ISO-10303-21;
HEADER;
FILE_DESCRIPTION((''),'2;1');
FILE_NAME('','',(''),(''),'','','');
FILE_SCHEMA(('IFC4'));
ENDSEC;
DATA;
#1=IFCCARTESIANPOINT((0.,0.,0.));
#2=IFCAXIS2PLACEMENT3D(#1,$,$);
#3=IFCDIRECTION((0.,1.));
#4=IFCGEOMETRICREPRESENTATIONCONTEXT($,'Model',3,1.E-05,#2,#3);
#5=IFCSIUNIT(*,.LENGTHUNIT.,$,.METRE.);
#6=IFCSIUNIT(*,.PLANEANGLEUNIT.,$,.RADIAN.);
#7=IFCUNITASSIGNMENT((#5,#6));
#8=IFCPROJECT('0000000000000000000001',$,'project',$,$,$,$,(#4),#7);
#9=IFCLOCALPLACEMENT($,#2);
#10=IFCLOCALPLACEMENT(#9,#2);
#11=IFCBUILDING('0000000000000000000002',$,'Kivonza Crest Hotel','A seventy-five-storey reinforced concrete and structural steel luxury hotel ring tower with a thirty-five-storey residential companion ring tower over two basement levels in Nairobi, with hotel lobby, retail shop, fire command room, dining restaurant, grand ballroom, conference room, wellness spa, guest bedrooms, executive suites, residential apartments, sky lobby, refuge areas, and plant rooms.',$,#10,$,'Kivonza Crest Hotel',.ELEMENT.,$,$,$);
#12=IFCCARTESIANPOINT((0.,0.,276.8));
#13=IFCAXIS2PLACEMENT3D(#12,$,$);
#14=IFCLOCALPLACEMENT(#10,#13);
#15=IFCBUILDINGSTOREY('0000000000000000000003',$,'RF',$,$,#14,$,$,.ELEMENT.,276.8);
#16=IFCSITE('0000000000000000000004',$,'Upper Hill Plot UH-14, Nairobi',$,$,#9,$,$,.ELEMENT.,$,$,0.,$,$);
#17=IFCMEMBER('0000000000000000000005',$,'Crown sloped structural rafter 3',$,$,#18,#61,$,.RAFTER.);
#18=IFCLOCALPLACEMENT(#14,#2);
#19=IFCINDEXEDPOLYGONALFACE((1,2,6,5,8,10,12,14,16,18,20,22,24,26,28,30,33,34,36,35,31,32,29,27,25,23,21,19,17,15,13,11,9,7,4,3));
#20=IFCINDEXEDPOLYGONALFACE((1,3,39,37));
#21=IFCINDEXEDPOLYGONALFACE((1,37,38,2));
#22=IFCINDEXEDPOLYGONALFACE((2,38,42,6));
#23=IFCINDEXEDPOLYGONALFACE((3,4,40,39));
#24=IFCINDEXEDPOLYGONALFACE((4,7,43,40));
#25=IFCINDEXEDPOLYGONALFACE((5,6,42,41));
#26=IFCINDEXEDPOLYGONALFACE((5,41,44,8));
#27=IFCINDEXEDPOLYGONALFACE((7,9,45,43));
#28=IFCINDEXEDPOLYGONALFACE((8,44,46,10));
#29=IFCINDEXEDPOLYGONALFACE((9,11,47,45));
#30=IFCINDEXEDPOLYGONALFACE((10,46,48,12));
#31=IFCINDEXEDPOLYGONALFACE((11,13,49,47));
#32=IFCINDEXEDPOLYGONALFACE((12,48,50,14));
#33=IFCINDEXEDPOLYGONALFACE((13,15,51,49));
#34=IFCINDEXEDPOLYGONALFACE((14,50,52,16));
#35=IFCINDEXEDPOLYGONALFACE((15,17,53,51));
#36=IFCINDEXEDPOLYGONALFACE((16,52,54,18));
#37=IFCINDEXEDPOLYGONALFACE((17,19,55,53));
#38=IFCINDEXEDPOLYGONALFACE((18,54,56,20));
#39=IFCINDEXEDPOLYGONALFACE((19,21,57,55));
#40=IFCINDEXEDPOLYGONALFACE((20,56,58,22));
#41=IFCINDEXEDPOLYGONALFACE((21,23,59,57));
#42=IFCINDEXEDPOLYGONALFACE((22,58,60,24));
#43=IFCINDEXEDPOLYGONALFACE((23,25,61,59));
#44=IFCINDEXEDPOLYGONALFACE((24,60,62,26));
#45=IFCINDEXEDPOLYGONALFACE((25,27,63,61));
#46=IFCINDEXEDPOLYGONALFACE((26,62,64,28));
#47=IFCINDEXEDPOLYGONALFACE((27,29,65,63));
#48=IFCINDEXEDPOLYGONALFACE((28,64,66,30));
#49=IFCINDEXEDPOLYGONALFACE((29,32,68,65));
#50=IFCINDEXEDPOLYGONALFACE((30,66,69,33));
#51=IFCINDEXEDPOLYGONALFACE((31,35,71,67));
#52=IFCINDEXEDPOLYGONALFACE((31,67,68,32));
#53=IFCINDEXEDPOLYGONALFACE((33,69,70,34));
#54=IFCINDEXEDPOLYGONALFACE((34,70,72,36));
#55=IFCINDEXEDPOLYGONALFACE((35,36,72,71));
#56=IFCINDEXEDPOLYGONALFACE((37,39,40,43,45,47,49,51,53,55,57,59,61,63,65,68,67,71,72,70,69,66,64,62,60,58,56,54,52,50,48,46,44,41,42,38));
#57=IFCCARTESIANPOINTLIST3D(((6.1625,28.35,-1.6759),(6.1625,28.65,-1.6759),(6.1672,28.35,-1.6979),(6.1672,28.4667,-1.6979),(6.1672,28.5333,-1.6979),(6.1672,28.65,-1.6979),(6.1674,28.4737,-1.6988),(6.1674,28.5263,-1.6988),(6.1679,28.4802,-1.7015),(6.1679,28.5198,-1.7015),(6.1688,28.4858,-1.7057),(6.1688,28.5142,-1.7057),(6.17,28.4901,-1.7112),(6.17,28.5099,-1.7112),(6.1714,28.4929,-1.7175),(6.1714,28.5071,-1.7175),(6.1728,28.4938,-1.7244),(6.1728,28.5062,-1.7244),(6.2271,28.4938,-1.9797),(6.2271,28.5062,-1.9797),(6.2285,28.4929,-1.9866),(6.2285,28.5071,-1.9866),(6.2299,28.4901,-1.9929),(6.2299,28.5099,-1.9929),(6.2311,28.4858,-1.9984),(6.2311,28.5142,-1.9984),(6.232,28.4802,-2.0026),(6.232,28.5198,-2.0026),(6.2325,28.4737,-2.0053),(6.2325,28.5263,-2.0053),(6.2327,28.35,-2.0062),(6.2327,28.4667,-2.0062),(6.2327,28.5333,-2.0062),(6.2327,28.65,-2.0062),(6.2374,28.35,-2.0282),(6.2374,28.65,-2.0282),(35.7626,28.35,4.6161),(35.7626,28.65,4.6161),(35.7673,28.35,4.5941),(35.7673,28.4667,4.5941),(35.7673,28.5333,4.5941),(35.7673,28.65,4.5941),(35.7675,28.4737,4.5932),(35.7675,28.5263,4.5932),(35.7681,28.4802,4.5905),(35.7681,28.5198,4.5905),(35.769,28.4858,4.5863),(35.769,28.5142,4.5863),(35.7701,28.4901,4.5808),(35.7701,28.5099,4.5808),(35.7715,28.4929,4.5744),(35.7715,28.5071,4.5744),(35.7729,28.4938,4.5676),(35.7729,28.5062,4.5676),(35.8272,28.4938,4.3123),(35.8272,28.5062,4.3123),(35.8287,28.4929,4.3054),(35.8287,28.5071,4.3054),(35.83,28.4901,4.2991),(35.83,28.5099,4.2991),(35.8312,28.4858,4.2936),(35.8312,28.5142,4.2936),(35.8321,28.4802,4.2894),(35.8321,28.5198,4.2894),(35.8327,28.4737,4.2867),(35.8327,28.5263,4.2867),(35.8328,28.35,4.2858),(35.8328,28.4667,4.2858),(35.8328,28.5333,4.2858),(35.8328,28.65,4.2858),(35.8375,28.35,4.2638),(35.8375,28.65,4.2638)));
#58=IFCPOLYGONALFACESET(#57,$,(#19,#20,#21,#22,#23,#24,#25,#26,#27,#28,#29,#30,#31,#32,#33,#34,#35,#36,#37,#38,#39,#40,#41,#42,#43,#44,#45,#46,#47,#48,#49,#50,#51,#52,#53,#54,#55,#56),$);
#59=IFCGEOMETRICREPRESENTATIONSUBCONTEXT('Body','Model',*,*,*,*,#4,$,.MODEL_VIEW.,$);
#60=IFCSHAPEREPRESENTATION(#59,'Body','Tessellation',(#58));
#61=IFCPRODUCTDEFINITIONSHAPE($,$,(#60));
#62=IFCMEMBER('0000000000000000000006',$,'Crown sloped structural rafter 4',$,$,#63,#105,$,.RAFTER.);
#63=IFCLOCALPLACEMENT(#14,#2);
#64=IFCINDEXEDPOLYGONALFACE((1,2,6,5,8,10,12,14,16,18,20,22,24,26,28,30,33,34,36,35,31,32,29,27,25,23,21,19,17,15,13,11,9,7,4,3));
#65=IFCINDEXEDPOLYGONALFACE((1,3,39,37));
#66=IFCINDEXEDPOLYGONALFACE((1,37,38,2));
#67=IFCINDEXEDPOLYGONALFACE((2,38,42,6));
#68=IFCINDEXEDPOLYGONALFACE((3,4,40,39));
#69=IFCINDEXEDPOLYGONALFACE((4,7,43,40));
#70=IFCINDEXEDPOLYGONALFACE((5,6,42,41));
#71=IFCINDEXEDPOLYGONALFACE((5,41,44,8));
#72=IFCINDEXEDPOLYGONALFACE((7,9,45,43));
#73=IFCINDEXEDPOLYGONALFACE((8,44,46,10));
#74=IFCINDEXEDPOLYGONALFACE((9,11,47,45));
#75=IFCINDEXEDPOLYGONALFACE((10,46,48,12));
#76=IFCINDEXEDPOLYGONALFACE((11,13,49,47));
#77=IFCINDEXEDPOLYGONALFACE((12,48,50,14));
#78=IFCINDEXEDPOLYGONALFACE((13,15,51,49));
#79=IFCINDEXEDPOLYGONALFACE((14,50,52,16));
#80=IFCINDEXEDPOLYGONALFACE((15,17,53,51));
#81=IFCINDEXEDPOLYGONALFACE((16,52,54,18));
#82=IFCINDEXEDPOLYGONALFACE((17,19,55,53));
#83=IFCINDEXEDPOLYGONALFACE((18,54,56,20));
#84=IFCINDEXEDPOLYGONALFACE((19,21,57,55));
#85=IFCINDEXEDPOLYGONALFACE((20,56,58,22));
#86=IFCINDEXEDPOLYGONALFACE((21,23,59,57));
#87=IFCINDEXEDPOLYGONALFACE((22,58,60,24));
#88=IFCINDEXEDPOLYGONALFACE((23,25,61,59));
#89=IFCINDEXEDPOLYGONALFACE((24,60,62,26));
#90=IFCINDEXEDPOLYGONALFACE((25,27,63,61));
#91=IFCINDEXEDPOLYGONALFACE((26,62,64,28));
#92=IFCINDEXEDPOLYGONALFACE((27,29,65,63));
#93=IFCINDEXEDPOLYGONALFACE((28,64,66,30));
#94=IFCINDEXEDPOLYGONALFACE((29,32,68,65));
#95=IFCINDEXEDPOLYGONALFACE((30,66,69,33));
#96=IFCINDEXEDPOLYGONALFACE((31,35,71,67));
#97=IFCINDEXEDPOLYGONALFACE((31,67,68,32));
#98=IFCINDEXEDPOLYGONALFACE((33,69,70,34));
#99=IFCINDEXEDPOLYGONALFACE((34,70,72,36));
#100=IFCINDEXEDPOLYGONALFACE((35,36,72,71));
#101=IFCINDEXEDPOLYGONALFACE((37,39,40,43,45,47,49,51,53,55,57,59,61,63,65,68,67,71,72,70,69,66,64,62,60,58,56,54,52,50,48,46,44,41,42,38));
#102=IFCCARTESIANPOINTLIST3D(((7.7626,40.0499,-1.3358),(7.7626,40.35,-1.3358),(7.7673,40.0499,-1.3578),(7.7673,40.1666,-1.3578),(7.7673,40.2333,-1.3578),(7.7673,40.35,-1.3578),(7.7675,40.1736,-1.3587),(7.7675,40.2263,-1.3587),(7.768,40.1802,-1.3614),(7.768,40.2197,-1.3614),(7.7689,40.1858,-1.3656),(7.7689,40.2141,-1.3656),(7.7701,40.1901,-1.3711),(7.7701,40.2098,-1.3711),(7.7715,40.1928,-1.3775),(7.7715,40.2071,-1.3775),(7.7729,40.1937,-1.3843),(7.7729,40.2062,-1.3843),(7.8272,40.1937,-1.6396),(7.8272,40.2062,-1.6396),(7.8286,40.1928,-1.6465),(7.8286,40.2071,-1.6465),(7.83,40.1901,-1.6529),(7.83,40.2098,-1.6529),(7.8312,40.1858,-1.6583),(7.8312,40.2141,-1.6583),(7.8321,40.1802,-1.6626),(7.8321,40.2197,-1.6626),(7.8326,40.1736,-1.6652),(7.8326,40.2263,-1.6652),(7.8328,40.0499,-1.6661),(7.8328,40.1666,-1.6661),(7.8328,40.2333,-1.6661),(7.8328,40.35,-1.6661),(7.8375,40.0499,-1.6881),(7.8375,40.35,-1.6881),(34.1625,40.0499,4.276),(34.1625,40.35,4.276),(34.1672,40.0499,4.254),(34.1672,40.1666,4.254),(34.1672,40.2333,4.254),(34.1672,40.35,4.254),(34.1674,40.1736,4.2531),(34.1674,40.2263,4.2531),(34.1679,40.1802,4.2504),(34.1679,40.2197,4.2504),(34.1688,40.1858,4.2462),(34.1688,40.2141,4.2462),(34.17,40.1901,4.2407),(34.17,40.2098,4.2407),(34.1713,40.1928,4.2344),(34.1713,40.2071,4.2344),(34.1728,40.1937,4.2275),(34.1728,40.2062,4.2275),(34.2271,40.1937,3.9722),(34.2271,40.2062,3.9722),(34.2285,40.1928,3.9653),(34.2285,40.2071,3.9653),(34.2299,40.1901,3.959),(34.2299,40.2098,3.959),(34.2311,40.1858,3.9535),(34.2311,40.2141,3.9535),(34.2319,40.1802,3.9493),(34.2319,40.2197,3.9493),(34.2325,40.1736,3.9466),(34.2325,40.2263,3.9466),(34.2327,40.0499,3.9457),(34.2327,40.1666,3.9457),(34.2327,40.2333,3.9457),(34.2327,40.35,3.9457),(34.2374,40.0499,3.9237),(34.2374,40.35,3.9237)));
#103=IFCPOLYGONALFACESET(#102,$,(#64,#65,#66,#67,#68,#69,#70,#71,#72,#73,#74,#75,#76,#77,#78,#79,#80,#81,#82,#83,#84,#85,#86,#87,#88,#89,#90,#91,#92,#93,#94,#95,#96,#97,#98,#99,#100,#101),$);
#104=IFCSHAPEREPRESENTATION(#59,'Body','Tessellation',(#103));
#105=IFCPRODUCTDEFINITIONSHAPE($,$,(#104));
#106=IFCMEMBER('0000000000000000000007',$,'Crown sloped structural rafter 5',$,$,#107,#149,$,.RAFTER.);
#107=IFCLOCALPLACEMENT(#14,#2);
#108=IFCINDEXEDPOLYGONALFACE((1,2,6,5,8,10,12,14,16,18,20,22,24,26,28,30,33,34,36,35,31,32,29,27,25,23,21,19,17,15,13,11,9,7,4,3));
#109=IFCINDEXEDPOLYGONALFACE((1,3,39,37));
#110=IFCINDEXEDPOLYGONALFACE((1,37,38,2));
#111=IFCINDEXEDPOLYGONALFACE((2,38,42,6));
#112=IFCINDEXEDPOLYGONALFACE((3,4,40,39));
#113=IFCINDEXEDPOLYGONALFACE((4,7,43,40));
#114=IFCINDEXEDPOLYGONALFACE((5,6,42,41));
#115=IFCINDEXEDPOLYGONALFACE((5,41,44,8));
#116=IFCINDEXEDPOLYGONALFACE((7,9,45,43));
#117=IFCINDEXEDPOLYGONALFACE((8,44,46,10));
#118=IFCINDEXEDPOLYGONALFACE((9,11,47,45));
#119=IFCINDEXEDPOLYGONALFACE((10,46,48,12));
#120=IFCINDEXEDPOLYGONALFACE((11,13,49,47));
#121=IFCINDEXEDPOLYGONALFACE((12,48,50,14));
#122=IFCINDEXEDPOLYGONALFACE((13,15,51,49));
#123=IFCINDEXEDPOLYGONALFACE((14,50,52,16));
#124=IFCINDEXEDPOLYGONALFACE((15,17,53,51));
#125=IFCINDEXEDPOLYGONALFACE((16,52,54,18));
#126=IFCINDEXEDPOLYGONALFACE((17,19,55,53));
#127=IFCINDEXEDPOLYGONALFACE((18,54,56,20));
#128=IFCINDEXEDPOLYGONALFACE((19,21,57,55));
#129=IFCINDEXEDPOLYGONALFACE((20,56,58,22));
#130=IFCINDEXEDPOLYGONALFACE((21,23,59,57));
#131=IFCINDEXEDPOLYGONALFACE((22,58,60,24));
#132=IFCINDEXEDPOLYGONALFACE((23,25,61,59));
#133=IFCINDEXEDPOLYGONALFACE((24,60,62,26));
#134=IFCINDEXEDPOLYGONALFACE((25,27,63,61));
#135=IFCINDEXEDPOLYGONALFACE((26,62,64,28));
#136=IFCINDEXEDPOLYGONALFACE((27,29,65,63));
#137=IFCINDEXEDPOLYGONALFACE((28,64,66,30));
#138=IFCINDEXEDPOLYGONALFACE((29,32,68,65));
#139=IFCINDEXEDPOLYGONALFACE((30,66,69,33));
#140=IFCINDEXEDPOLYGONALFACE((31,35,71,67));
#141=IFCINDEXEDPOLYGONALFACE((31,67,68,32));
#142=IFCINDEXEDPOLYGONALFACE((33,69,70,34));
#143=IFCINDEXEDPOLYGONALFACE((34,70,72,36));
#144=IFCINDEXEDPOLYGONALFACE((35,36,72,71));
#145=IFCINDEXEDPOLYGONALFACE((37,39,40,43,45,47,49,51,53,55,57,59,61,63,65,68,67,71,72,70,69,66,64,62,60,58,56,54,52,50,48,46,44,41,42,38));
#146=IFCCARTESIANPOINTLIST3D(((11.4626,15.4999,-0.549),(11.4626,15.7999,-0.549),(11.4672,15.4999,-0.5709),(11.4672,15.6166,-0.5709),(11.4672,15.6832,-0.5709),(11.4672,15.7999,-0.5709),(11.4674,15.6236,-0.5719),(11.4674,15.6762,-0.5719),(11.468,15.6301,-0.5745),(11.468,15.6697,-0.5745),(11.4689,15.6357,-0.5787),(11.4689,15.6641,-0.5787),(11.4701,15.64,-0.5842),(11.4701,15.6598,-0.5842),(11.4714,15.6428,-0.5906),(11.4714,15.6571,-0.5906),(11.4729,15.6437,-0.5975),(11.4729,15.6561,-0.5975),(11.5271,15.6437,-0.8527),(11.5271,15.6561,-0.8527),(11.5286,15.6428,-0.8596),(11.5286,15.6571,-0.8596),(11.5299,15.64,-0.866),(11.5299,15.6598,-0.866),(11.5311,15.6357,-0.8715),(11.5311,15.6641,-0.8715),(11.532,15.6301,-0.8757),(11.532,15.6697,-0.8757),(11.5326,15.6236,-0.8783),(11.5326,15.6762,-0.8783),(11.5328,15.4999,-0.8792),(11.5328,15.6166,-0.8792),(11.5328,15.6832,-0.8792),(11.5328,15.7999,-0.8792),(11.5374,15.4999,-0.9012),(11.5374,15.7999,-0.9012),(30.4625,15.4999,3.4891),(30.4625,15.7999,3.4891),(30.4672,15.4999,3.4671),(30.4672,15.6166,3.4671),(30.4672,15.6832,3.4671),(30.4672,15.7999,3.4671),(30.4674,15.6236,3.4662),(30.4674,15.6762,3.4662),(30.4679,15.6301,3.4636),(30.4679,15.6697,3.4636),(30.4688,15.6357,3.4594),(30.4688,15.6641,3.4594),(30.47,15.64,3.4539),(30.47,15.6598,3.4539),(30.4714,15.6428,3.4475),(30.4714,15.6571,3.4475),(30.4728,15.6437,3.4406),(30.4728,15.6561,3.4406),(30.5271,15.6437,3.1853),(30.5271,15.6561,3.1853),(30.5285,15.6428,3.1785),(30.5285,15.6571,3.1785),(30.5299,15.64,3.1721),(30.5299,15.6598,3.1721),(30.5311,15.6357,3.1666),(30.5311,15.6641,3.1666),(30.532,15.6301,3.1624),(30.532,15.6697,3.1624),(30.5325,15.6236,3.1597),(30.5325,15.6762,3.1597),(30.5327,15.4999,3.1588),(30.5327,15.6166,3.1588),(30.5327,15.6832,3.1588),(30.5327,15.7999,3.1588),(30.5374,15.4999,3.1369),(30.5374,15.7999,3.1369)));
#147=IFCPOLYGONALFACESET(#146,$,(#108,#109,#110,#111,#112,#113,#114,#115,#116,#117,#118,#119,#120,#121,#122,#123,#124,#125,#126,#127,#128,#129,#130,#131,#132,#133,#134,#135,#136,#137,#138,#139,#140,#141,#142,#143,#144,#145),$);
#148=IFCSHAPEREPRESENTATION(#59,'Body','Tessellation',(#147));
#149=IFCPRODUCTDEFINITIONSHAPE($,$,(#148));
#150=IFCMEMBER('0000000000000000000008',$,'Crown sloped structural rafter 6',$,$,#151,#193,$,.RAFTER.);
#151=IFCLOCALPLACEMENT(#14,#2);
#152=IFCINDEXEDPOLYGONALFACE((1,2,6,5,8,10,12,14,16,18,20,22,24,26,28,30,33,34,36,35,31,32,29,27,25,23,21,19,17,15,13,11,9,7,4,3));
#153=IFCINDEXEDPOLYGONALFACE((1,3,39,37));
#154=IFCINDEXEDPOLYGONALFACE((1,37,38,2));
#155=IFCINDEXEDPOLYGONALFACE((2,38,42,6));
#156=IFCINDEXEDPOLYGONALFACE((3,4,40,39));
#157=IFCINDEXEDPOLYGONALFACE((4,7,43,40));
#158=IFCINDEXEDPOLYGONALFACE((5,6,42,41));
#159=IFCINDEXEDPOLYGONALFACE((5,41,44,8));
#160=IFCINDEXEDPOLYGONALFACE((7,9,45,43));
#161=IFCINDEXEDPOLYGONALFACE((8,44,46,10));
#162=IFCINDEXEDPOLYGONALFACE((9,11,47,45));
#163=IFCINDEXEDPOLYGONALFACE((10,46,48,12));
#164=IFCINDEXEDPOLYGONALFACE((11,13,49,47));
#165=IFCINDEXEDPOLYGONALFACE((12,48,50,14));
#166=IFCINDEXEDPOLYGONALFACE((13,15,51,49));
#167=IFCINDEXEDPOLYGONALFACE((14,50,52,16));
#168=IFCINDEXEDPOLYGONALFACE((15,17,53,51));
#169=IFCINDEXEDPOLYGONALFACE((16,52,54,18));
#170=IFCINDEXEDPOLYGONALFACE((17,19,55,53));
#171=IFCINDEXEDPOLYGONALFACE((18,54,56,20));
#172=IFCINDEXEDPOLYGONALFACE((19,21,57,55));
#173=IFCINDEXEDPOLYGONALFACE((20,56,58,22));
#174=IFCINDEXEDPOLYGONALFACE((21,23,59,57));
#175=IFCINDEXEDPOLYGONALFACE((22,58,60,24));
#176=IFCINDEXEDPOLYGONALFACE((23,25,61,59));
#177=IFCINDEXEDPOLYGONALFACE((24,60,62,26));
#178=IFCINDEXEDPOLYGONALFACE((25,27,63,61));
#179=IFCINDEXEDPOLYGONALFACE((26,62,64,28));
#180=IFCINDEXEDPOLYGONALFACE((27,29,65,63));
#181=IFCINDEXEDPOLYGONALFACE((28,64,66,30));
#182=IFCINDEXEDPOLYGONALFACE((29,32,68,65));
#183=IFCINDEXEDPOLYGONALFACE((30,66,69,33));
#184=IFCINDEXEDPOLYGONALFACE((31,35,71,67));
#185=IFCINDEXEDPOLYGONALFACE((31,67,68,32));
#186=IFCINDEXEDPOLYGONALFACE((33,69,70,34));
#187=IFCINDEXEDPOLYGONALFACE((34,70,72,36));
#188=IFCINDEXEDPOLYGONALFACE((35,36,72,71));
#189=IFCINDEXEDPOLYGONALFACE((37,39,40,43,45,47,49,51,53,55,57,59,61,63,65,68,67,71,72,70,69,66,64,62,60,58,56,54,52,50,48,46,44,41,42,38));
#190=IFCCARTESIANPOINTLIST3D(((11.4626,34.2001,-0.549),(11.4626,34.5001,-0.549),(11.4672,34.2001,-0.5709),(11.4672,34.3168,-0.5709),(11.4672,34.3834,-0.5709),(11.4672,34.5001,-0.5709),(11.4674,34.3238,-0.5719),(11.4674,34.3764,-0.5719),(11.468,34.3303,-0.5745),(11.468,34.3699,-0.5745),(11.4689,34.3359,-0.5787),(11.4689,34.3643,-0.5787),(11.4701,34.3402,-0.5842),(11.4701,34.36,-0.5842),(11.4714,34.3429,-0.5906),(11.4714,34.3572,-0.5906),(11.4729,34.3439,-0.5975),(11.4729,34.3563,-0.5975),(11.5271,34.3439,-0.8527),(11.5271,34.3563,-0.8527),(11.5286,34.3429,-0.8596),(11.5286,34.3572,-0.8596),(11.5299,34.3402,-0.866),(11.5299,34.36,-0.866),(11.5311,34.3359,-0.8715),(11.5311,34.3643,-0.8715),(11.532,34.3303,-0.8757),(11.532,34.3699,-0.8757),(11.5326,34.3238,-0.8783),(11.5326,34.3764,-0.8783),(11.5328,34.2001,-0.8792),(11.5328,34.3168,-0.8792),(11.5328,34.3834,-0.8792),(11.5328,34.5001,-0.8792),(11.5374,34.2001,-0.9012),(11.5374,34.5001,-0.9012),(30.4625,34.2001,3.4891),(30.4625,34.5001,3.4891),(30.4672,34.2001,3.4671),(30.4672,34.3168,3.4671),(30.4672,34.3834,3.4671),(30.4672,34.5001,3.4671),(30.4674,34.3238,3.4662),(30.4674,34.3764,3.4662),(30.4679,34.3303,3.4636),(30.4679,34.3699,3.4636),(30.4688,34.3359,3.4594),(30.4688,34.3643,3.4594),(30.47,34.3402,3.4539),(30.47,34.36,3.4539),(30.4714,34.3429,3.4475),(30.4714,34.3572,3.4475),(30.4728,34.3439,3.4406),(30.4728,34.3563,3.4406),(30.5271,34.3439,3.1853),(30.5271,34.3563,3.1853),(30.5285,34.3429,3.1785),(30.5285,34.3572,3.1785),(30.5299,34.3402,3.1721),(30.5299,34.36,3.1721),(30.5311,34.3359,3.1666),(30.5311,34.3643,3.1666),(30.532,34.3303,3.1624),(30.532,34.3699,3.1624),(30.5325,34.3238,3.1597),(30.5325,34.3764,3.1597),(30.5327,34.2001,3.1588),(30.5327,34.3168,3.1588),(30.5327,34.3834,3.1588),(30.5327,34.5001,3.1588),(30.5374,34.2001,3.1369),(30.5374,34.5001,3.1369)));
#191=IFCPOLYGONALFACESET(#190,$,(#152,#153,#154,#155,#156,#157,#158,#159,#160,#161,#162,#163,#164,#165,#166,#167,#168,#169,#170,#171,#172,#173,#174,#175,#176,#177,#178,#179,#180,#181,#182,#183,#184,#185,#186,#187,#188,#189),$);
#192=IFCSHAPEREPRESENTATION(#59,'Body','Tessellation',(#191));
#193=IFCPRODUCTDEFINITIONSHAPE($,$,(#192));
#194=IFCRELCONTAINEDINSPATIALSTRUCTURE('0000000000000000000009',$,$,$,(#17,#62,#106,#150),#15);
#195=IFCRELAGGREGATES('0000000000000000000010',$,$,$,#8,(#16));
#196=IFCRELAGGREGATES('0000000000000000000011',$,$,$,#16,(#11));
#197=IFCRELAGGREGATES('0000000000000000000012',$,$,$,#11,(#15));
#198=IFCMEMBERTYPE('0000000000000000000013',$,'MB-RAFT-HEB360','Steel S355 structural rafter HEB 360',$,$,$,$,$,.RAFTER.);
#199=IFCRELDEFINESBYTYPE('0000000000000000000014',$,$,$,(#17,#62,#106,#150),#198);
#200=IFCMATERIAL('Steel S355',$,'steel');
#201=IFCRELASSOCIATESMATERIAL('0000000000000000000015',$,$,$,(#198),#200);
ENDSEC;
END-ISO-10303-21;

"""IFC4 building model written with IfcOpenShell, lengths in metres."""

from ifc_helpers import new_model, si_unit, direction, frame, origin, origin_2d, place, context, subcontext, project, spatial, i_section, extrude, material, material_profile, profile_set, type_object, element, save


model = new_model("IFC4")

# Units and contexts
model_context = context("Model", 3, precision=1e-05, world=origin(), true_north=direction((0.0, 1.0)))
body_context = subcontext(model_context, "Body", "Model", "MODEL_VIEW")
ifc_project = project(units=[si_unit("LENGTHUNIT", "METRE"), si_unit("PLANEANGLEUNIT", "RADIAN")], contexts=[model_context])

# Site, building, storey
site_placement = place(None, origin())
site = spatial("IfcSite", under=ifc_project, at=site_placement, Name="Upper Hill Plot UH-14, Nairobi", CompositionType="ELEMENT", RefElevation=0.0)
building_placement = place(site_placement, origin())
building = spatial("IfcBuilding", under=site, at=building_placement, Name="Kivonza Crest Hotel", Description="A seventy-five-storey reinforced concrete and structural steel luxury hotel ring tower with a thirty-five-storey residential companion ring tower over two basement levels in Nairobi, with hotel lobby, retail shop, fire command room, dining restaurant, grand ballroom, conference room, wellness spa, guest bedrooms, executive suites, residential apartments, sky lobby, refuge areas, and plant rooms.", LongName="Kivonza Crest Hotel", CompositionType="ELEMENT")
storey_placement = place(building_placement, frame((0.0, 0.0, 276.8)))
storey = spatial("IfcBuildingStorey", under=building, at=storey_placement, Name="RF", CompositionType="ELEMENT", Elevation=276.8)

# Shared definitions
ifc_material_1 = material(Name="Steel S355", Category="steel")

# Members
ifc_material_profile_1 = material_profile(ifc_material_1, i_section(OverallWidth=0.3, OverallDepth=0.3601, WebThickness=0.0125, FlangeThickness=0.0225, FilletRadius=0.0271, at=origin_2d()), Name="HEB 360")
ifc_profile_set_1 = profile_set([ifc_material_profile_1], Name="Steel S355")
member_type_1 = type_object("IfcMemberType", Name="MB-RAFT-HEB360", Description="Steel S355 structural rafter HEB 360", PredefinedType="RAFTER", material=ifc_profile_set_1)
for number, where, z_axis, x_axis, name in (
    (1, (6.2, 28.5, -1.8521), (0.978146, 0.0, 0.207921), (0.0, 1.0, 0.0), "Crown sloped structural rafter 3"),
):
    element("IfcMember", number, at=place(storey_placement, frame(where, z_axis=z_axis, x_axis=x_axis)), inside=storey, type_object=member_type_1, Name=name, PredefinedType="RAFTER", context=body_context, shape_type="SweptSolid", body=[
        extrude(i_section(OverallWidth=0.3, OverallDepth=0.3601, WebThickness=0.0125, FlangeThickness=0.0225, FilletRadius=0.0271, at=origin_2d()), origin(), (0.0, 0.0, 1.0), 30.2615),
    ])
member_1_placement = place(storey_placement, frame((7.8, 40.2, -1.512), z_axis=(0.978145, 0.0, 0.207924), x_axis=(0.0, 1.0, 0.0)))
element("IfcMember", 2, at=member_1_placement, inside=storey, type_object=member_type_1, Name="Crown sloped structural rafter 4", PredefinedType="RAFTER", context=body_context, shape_type="SweptSolid", body=[
    extrude(i_section(OverallWidth=0.3, OverallDepth=0.3601, WebThickness=0.0125, FlangeThickness=0.0225, FilletRadius=0.0271, at=origin_2d()), origin(), (0.0, 0.0, 1.0), 26.9897),
])
for number, where, z_axis, x_axis, name in (
    (3, (11.5, 15.6499, -0.7251), (0.978153, 0.0, 0.207888), (0.0, 1.0, 0.0), "Crown sloped structural rafter 5"),
    (4, (11.5, 34.3501, -0.7251), (0.978153, 0.0, 0.207888), (0.0, 1.0, 0.0), "Crown sloped structural rafter 6"),
):
    element("IfcMember", number, at=place(storey_placement, frame(where, z_axis=z_axis, x_axis=x_axis)), inside=storey, type_object=member_type_1, Name=name, PredefinedType="RAFTER", context=body_context, shape_type="SweptSolid", body=[
        extrude(i_section(OverallWidth=0.3, OverallDepth=0.3601, WebThickness=0.0125, FlangeThickness=0.0225, FilletRadius=0.0271, at=origin_2d()), origin(), (0.0, 0.0, 1.0), 19.4243),
    ])

save(model, "model.ifc")
